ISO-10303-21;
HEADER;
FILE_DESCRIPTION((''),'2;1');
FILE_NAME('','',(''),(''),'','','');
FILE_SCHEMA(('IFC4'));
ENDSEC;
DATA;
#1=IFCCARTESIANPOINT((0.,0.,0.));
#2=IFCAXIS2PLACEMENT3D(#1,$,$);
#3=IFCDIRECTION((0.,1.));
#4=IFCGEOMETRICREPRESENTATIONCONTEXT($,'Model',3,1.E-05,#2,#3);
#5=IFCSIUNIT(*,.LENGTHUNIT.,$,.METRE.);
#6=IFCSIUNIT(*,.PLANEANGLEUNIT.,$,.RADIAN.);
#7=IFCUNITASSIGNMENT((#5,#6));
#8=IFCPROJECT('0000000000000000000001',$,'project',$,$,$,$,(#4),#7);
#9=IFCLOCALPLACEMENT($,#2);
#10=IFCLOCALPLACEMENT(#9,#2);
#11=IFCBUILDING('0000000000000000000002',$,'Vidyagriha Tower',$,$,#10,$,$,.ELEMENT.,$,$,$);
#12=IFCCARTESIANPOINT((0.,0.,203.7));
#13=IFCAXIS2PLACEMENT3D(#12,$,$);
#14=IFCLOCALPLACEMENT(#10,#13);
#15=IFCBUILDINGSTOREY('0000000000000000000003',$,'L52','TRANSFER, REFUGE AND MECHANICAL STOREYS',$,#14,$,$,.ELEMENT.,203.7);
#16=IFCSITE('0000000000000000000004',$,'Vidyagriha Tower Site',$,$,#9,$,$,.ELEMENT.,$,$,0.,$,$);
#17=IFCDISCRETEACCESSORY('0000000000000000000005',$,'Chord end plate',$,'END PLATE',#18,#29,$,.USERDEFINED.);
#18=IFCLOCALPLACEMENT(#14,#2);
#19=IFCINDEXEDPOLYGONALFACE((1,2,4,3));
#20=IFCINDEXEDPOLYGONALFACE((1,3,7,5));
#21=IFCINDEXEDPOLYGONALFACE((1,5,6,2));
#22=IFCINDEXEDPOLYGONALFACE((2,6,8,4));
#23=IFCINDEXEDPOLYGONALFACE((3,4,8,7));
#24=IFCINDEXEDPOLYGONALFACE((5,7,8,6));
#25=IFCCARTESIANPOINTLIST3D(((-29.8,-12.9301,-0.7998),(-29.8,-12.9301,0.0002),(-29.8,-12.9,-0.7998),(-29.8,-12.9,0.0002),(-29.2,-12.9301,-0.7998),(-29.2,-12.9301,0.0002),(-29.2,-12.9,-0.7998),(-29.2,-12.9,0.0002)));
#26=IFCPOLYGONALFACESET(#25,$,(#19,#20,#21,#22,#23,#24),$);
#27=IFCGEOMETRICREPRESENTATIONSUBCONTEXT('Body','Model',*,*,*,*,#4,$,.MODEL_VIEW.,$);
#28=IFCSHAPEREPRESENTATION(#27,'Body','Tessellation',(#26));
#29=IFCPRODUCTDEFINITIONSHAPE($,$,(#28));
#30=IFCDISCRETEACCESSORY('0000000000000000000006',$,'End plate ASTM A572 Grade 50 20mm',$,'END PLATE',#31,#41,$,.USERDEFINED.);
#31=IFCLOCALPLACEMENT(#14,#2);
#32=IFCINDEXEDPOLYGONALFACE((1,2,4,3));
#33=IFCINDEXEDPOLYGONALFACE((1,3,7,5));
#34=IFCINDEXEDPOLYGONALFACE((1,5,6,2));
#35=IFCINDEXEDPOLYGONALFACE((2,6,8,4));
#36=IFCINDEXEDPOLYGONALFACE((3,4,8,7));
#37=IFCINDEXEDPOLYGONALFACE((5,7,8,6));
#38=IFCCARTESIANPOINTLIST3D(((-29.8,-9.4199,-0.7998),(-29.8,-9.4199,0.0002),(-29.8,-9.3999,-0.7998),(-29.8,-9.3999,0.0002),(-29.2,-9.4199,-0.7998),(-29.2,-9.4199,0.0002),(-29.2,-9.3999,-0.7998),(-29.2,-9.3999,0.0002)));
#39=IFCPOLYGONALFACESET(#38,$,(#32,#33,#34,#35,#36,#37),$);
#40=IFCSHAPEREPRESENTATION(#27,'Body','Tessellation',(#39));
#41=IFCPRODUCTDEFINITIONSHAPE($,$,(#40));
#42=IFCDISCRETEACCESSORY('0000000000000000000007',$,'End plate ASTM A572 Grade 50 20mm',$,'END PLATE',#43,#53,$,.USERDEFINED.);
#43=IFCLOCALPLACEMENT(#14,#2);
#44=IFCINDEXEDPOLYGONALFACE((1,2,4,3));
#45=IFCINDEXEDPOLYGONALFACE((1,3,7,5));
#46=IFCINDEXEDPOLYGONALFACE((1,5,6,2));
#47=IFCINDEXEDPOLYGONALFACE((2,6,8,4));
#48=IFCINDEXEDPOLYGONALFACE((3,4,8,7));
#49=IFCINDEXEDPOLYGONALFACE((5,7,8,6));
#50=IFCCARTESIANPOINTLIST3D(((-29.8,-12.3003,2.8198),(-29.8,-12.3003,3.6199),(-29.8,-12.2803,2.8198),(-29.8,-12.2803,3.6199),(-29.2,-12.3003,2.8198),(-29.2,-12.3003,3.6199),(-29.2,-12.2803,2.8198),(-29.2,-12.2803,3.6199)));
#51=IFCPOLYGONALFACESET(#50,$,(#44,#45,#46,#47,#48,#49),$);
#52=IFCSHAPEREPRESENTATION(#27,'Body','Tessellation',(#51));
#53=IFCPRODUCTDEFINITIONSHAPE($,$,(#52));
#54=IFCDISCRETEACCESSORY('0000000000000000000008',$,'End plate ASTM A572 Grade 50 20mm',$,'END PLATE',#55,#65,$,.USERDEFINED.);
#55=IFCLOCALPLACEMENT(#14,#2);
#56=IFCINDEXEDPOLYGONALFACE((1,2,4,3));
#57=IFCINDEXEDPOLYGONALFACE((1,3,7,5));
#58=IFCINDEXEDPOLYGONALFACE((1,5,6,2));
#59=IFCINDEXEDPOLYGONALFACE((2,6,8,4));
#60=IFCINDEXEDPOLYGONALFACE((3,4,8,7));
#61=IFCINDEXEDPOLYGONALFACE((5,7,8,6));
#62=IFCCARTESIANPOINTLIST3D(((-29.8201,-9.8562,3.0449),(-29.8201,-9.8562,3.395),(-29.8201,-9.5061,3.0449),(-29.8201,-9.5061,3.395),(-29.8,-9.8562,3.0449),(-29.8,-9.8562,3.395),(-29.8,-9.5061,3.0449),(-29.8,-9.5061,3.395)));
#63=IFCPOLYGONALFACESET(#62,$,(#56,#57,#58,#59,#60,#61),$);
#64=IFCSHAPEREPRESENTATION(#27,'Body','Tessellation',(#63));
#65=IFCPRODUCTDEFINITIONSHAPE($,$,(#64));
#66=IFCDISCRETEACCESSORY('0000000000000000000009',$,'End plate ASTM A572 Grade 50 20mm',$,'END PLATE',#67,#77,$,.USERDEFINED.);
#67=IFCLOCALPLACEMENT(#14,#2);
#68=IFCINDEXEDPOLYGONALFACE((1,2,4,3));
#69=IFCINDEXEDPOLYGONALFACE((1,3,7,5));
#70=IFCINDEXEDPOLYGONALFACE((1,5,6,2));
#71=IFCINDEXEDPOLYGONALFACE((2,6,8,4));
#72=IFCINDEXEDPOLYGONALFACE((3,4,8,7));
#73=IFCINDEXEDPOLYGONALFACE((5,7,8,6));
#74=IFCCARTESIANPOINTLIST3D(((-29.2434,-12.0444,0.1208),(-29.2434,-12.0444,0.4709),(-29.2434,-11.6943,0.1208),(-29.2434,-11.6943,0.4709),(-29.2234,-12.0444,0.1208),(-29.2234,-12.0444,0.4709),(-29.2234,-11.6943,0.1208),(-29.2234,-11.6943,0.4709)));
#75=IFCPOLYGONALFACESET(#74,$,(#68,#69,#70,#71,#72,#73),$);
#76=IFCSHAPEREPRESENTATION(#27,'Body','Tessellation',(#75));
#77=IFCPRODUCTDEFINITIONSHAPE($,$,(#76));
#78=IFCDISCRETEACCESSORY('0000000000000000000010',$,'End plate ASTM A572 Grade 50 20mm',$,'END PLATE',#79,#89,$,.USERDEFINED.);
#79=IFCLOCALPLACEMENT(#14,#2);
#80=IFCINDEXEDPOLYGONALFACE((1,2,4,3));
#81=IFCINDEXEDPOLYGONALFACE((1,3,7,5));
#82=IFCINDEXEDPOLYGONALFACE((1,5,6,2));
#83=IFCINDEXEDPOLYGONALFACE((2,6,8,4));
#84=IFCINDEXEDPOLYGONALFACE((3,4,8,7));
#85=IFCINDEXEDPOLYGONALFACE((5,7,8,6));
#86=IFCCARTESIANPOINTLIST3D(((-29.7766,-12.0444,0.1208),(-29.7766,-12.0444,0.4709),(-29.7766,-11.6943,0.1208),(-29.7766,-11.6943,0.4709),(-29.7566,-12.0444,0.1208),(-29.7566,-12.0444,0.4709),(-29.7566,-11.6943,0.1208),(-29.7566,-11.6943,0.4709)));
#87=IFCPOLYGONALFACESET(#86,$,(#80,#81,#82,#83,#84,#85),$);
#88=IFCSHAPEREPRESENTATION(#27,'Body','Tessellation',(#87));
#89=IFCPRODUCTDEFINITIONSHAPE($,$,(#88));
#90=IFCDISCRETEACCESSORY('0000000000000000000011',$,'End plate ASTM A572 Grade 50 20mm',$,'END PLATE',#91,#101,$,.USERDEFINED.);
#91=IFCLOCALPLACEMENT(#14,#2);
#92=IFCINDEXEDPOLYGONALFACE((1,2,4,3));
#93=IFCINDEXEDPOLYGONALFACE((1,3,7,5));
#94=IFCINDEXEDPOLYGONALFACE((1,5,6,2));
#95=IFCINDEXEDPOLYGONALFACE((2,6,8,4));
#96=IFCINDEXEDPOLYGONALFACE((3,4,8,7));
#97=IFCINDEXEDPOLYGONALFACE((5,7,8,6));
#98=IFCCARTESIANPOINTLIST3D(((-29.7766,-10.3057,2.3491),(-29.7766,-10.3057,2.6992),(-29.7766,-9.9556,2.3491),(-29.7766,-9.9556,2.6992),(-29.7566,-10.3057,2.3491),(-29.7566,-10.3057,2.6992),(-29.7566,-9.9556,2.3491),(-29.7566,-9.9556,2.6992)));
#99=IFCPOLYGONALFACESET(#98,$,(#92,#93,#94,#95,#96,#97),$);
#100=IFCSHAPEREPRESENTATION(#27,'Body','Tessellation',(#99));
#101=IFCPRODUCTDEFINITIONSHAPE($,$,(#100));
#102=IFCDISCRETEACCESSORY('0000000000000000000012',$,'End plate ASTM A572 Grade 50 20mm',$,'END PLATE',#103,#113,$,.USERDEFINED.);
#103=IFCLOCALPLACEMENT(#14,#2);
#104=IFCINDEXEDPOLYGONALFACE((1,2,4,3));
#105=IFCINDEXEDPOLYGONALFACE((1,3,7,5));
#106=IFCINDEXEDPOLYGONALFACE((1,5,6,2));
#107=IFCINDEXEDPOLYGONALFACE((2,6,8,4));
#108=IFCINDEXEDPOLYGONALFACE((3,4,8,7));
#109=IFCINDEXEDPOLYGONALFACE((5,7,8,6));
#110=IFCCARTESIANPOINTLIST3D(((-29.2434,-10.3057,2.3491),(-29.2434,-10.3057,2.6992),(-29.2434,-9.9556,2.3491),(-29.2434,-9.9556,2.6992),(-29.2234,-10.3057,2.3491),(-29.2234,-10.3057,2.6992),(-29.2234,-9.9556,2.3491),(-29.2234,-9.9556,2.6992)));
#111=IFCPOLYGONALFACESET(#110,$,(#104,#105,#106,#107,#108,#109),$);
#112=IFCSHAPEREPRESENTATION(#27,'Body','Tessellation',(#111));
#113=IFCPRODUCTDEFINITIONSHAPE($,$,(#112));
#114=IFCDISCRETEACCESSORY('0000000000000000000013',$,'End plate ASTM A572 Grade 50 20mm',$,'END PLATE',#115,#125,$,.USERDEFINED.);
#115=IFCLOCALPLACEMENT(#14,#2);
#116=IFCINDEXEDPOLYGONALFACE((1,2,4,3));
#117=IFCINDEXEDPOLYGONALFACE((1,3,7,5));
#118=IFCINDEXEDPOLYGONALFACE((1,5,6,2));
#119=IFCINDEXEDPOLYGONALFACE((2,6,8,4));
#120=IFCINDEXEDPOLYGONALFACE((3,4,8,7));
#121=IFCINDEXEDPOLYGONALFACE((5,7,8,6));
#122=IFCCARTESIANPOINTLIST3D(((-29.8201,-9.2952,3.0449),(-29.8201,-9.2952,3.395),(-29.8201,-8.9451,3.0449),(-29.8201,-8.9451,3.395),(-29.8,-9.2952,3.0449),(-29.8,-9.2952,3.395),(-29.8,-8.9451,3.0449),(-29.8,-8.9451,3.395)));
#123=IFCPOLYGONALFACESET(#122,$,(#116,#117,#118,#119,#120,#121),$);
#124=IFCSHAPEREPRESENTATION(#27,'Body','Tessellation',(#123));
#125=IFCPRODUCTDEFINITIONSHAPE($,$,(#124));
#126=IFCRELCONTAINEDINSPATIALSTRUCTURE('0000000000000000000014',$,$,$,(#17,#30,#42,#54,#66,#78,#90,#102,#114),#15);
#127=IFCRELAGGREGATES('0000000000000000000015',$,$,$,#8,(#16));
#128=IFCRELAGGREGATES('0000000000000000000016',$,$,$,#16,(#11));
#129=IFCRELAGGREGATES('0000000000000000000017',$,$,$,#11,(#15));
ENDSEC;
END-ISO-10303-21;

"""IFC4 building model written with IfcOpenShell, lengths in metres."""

from ifc_helpers import new_model, si_unit, direction, frame, origin, origin_2d, place, context, subcontext, project, spatial, rectangle, extrude, element, save


model = new_model("IFC4")

# Units and contexts
model_context = context("Model", 3, precision=1e-05, world=origin(), true_north=direction((0.0, 1.0)))
body_context = subcontext(model_context, "Body", "Model", "MODEL_VIEW")
ifc_project = project(units=[si_unit("LENGTHUNIT", "METRE"), si_unit("PLANEANGLEUNIT", "RADIAN")], contexts=[model_context])

# Site, building, storey
site_placement = place(None, origin())
site = spatial("IfcSite", under=ifc_project, at=site_placement, Name="Vidyagriha Tower Site", CompositionType="ELEMENT", RefElevation=0.0)
building_placement = place(site_placement, origin())
building = spatial("IfcBuilding", under=site, at=building_placement, Name="Vidyagriha Tower", CompositionType="ELEMENT")
storey_placement = place(building_placement, frame((0.0, 0.0, 203.7)))
storey = spatial("IfcBuildingStorey", under=building, at=storey_placement, Name="L52", Description="TRANSFER, REFUGE AND MECHANICAL STOREYS", CompositionType="ELEMENT", Elevation=203.7)

# Discrete accessories
discrete_accessory_placement = place(storey_placement, frame((-29.5, -12.915, -0.7998), z_axis=(0.0, 0.0, 1.0), x_axis=(0.0, -1.0, 0.0)))
element("IfcDiscreteAccessory", 1, at=discrete_accessory_placement, inside=storey, Name="Chord end plate", ObjectType="END PLATE", PredefinedType="USERDEFINED", context=body_context, shape_type="SweptSolid", body=[
    extrude(rectangle(XDim=0.03, YDim=0.6001, at=origin_2d()), origin(), (0.0, 0.0, 1.0), 0.8),
])
for number, where, z_axis, x_axis, name in (
    (2, (-29.5, -9.4099, -0.7998), (0.0, 0.0, 1.0), (0.0, 1.0, 0.0), "End plate ASTM A572 Grade 50 20mm"),
    (3, (-29.5, -12.2903, 2.8198), (0.0, 0.0, 1.0), (0.0, -1.0, 0.0), "End plate ASTM A572 Grade 50 20mm"),
):
    element("IfcDiscreteAccessory", number, at=place(storey_placement, frame(where, z_axis=z_axis, x_axis=x_axis)), inside=storey, Name=name, ObjectType="END PLATE", PredefinedType="USERDEFINED", context=body_context, shape_type="SweptSolid", body=[
        extrude(rectangle(XDim=0.02, YDim=0.6001, at=origin_2d()), origin(), (0.0, 0.0, 1.0), 0.8),
    ])
for number, where, z_axis, x_axis, name in (
    (4, (-29.8101, -9.6812, 3.0449), (0.0, 0.0, 1.0), (0.0, 1.0, 0.0), "End plate ASTM A572 Grade 50 20mm"),
    (5, (-29.2334, -11.8694, 0.1208), (0.0, 0.0, 1.0), (0.0, -1.0, 0.0), "End plate ASTM A572 Grade 50 20mm"),
    (6, (-29.7666, -11.8694, 0.1208), (0.0, 0.0, 1.0), (0.0, -1.0, 0.0), "End plate ASTM A572 Grade 50 20mm"),
    (7, (-29.7666, -10.1306, 2.3491), (0.0, 0.0, 1.0), (0.0, 1.0, 0.0), "End plate ASTM A572 Grade 50 20mm"),
    (8, (-29.2334, -10.1306, 2.3491), (0.0, 0.0, 1.0), (0.0, 1.0, 0.0), "End plate ASTM A572 Grade 50 20mm"),
    (9, (-29.8101, -9.1201, 3.0449), (0.0, 0.0, 1.0), (0.0, -1.0, 0.0), "End plate ASTM A572 Grade 50 20mm"),
):
    element("IfcDiscreteAccessory", number, at=place(storey_placement, frame(where, z_axis=z_axis, x_axis=x_axis)), inside=storey, Name=name, ObjectType="END PLATE", PredefinedType="USERDEFINED", context=body_context, shape_type="SweptSolid", body=[
        extrude(rectangle(XDim=0.3501, YDim=0.02, at=origin_2d()), origin(), (0.0, 0.0, 1.0), 0.3501),
    ])

save(model, "model.ifc")
